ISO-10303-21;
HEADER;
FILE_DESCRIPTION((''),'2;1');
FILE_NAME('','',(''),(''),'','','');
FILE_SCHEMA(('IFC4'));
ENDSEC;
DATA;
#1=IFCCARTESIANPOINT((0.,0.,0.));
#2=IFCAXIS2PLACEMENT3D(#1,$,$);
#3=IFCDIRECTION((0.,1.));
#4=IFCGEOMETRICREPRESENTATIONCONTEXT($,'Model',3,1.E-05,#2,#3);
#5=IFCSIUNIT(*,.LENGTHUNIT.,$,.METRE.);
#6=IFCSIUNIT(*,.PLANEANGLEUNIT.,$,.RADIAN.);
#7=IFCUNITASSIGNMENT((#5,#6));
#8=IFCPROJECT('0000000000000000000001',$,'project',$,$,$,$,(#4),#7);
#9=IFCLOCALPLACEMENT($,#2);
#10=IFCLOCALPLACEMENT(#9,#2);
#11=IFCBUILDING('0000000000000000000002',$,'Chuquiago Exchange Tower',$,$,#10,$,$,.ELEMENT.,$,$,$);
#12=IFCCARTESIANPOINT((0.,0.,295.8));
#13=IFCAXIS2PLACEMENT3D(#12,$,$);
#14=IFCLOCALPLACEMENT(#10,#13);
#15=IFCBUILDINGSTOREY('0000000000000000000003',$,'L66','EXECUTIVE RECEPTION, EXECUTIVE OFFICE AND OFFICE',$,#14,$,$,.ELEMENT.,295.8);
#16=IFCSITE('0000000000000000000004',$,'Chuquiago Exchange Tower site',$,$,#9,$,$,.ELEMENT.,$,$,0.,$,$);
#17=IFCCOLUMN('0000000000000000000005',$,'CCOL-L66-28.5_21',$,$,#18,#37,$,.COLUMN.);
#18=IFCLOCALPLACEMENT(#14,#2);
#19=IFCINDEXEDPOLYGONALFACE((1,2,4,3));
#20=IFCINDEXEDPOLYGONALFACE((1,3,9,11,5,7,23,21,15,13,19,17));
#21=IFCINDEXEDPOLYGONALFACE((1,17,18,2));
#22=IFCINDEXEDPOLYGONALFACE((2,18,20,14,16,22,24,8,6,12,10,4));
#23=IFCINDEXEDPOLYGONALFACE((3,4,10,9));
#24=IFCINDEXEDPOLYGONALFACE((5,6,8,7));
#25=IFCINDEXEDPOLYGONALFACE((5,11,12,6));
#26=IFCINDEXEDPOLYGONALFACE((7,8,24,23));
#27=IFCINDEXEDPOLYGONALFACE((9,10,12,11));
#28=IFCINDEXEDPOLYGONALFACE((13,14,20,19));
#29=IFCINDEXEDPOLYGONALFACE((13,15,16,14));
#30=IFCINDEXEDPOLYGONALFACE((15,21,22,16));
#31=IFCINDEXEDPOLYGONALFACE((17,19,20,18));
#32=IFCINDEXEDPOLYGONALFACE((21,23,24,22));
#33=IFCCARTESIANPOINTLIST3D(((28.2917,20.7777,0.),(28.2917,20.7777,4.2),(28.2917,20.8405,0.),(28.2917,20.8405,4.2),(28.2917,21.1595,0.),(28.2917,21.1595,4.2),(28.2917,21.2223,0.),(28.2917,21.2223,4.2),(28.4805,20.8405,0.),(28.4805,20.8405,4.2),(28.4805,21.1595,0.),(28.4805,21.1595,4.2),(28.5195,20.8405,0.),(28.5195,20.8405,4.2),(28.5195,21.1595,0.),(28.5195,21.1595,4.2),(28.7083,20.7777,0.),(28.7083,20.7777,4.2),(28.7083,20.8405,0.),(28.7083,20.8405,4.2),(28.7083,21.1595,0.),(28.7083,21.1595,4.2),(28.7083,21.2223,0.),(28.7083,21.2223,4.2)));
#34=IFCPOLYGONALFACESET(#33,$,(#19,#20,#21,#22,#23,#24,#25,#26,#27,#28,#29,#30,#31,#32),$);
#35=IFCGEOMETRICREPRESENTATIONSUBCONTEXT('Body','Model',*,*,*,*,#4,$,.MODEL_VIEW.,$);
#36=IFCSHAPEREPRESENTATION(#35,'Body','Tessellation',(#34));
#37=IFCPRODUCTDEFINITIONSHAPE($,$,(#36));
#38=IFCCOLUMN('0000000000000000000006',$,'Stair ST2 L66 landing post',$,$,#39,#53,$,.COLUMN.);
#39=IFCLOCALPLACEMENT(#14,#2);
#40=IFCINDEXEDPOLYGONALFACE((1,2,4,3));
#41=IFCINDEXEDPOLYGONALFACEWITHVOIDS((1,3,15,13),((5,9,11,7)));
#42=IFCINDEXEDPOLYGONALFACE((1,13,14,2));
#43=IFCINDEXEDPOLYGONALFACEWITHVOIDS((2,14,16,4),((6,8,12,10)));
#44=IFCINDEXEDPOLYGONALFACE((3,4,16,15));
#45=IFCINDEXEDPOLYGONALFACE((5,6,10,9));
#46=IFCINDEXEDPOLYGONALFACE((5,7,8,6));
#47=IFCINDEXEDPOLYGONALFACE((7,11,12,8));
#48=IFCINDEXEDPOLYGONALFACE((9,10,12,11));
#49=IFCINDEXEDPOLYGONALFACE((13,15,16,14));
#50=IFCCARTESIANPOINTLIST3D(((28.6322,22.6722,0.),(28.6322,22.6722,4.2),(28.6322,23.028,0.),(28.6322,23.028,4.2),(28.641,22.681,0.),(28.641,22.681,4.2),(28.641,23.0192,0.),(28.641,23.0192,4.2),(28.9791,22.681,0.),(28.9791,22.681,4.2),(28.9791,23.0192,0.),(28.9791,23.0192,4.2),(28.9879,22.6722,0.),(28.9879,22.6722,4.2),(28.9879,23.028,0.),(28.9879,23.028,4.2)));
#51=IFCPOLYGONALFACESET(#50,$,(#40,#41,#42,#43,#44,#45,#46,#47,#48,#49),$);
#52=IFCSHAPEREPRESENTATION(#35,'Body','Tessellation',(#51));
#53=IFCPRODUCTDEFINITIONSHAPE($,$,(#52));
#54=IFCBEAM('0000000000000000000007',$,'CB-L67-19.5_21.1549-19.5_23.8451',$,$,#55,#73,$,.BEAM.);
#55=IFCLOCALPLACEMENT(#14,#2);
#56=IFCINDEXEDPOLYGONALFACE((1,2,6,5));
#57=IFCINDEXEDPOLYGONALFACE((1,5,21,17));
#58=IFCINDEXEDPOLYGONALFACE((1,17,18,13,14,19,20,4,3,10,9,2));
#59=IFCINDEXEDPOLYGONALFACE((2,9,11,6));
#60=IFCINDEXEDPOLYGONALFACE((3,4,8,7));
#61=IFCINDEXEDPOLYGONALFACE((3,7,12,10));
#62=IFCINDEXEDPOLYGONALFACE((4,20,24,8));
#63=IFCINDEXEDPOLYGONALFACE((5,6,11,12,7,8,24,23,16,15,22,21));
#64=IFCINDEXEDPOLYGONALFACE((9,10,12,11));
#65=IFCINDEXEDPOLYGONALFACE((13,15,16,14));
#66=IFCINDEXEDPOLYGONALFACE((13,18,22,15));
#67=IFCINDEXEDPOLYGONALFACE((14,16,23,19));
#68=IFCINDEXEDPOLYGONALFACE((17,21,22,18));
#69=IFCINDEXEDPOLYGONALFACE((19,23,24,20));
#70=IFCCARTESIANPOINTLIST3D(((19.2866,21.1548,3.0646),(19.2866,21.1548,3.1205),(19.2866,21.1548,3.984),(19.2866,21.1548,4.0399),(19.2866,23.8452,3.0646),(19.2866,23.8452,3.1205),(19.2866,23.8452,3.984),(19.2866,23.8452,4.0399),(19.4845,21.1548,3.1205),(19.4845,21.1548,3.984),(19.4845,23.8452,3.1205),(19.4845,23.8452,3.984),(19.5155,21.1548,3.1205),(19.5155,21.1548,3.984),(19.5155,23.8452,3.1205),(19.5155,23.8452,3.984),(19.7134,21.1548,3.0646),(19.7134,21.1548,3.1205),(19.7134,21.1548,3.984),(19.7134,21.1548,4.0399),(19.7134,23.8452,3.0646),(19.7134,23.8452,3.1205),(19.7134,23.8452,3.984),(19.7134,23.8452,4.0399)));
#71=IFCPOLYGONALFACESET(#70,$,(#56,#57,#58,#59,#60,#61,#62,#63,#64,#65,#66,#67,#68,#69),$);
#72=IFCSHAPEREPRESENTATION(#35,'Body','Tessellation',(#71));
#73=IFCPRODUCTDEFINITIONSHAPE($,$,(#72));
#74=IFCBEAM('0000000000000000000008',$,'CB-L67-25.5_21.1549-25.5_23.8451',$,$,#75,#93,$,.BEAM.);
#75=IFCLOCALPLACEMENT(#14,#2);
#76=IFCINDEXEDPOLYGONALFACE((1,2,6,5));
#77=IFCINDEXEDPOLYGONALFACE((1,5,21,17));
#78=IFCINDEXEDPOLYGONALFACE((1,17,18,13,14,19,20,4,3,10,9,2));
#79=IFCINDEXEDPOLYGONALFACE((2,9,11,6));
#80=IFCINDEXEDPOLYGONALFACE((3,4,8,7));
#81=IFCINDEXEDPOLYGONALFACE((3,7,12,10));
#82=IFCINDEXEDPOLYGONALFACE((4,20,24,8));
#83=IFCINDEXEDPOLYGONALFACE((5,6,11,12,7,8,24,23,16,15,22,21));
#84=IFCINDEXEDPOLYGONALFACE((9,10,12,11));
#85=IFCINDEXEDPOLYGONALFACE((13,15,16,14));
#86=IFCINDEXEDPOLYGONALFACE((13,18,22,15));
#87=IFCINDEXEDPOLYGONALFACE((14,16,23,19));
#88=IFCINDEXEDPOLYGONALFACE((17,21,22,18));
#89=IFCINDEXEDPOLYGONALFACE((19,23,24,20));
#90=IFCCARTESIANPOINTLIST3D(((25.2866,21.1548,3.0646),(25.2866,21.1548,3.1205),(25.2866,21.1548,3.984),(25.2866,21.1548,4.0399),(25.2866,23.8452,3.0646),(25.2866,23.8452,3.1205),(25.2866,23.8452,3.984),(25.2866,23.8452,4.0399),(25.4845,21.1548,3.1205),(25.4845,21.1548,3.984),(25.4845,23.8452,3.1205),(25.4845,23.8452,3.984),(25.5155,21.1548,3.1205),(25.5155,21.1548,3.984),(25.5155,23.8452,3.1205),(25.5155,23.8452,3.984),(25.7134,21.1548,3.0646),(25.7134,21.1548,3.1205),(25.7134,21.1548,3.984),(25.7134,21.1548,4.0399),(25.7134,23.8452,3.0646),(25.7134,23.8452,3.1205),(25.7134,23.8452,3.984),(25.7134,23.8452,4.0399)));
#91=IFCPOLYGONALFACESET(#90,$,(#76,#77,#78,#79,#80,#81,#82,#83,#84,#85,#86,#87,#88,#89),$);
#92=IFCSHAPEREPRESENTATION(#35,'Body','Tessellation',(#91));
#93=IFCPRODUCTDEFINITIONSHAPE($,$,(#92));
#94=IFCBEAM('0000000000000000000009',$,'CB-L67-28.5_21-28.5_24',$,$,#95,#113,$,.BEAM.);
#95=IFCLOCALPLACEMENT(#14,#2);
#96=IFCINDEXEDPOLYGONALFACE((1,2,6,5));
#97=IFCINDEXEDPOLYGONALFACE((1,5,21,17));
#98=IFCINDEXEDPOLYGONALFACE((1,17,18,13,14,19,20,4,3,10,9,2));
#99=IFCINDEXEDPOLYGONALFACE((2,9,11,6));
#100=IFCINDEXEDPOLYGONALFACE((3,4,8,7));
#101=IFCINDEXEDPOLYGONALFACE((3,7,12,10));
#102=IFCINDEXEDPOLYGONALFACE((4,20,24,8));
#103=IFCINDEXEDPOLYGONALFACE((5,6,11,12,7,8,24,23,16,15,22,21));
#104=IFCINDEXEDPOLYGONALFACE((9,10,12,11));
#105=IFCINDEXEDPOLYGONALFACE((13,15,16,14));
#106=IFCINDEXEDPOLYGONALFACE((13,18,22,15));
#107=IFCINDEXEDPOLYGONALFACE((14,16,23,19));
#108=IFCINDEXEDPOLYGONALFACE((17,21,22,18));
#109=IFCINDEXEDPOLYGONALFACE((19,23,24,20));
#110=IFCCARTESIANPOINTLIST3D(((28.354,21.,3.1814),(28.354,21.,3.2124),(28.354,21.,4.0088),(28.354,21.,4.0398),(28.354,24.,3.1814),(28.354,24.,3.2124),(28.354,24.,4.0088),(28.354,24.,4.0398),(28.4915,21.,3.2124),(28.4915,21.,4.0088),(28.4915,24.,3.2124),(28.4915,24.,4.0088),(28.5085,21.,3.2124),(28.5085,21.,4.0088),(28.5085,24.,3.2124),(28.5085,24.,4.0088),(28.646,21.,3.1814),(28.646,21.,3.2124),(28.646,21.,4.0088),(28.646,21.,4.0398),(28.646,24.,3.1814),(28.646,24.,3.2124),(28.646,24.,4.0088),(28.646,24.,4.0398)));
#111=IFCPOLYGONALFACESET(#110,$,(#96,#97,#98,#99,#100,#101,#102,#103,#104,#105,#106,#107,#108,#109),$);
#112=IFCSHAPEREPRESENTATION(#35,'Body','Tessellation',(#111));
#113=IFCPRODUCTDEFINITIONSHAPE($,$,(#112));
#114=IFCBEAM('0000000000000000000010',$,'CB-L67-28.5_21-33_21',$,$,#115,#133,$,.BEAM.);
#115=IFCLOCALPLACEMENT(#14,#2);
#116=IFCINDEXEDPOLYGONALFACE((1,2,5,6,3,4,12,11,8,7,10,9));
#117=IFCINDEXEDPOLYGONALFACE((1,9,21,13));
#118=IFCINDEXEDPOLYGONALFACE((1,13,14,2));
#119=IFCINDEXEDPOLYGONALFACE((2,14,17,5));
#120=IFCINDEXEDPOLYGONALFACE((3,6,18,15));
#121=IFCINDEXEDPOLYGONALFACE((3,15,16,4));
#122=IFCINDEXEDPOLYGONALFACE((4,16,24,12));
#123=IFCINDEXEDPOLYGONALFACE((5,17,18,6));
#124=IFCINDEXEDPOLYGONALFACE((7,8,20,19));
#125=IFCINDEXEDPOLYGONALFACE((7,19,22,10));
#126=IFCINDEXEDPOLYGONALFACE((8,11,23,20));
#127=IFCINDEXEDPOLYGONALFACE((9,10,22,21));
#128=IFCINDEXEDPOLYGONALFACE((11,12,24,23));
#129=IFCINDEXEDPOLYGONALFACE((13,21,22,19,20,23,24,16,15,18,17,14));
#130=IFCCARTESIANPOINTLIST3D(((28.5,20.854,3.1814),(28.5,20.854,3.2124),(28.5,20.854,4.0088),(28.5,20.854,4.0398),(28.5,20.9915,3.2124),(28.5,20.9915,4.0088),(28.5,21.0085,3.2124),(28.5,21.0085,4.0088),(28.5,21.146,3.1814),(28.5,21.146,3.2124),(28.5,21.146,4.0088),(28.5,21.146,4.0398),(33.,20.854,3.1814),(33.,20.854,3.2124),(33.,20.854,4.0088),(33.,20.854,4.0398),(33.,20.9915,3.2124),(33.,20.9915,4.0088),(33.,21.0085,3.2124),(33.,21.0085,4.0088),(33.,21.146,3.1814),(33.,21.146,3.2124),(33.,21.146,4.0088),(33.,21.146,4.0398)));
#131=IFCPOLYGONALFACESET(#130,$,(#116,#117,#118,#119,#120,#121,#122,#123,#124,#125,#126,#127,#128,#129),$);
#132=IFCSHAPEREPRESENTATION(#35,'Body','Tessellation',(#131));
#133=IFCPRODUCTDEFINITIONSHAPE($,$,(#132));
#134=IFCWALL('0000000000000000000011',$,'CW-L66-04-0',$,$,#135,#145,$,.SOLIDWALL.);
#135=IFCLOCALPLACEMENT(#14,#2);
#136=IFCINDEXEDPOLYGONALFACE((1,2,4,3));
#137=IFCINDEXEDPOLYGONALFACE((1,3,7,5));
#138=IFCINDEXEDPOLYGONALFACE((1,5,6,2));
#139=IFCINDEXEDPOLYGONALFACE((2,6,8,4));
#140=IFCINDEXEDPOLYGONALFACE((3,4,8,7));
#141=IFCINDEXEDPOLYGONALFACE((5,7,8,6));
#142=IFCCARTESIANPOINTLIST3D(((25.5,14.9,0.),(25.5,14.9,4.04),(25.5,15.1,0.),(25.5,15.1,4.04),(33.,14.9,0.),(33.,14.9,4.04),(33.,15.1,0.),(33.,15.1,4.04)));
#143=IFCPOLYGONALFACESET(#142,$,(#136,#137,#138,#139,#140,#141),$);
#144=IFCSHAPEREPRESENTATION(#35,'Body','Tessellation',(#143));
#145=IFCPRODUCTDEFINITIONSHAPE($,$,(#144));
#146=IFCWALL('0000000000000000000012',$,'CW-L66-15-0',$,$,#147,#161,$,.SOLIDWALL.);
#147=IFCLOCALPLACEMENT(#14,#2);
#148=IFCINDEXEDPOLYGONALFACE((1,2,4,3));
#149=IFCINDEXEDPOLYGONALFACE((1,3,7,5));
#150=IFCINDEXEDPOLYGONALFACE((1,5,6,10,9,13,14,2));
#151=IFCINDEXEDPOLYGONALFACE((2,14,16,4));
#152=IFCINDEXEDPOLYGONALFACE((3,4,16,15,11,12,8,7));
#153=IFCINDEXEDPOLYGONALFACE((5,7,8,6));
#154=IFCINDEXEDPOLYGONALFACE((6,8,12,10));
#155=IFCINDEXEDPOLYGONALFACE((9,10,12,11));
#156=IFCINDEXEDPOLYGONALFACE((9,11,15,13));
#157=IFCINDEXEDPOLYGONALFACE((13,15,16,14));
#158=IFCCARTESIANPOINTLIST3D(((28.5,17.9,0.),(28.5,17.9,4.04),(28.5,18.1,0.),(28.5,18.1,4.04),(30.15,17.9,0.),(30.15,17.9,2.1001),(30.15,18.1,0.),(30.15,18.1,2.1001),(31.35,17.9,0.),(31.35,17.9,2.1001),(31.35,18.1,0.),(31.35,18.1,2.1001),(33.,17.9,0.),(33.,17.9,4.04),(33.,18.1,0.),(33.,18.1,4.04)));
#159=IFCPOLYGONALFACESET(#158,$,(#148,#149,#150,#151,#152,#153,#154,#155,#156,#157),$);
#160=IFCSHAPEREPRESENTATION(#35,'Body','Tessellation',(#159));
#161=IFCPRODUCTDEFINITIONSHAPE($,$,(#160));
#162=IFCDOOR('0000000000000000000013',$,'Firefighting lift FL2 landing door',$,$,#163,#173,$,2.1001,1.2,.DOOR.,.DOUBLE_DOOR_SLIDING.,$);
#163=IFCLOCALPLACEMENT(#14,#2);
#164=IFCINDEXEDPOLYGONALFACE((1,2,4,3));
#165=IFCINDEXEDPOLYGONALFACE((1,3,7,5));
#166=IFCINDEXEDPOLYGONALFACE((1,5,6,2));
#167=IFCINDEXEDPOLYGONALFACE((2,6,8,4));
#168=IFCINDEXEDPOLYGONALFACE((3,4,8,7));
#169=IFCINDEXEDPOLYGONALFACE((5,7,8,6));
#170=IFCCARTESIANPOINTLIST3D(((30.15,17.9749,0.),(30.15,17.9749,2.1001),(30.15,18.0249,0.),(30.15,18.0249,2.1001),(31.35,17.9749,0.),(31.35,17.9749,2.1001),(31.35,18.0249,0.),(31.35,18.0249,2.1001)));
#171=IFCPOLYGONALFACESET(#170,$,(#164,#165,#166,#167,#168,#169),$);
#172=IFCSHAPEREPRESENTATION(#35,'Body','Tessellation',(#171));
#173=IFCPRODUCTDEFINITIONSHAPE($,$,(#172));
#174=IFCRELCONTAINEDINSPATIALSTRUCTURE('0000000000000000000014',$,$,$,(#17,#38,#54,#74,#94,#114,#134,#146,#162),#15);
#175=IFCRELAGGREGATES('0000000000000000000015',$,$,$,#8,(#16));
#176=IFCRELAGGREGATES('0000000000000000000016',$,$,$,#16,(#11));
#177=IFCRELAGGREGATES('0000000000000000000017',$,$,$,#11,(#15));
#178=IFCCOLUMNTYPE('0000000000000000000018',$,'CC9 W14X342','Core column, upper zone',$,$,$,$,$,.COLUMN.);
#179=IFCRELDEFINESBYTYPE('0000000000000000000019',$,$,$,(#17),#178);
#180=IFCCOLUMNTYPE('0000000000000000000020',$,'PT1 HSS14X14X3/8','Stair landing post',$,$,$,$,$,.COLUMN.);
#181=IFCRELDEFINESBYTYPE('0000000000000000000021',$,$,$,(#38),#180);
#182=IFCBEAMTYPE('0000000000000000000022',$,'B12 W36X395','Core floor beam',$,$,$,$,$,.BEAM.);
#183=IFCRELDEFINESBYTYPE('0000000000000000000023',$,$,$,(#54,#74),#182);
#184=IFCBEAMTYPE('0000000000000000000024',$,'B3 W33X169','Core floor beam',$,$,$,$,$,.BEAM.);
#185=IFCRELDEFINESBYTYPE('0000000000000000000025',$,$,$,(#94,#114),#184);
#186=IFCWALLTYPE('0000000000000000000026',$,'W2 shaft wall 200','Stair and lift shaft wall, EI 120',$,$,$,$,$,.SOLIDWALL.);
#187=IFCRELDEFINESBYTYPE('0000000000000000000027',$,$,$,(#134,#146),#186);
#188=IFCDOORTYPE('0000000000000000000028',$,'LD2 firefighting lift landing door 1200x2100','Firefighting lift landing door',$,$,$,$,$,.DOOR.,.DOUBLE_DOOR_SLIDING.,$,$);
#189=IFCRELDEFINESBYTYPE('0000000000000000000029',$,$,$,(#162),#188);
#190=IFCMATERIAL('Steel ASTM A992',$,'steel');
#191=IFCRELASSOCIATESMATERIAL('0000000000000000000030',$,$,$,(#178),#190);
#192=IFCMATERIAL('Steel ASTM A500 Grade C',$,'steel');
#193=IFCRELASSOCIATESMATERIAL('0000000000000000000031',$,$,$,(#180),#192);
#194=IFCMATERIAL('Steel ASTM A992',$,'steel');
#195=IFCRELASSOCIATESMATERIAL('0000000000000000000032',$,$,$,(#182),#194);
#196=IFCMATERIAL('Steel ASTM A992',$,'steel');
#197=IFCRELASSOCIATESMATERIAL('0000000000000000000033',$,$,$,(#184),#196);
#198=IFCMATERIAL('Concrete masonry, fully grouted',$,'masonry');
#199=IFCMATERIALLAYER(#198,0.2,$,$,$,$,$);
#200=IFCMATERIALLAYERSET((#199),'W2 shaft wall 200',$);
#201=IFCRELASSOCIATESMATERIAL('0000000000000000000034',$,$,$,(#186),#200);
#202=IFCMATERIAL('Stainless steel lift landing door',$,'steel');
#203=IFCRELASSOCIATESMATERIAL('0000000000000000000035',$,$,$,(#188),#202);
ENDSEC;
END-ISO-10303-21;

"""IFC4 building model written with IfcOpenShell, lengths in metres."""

from ifc_helpers import new_model, si_unit, direction, frame, frame_2d, origin, origin_2d, place, context, subcontext, project, spatial, rectangle, hollow_rectangle, i_section, extrude, material, layer, layer_set, material_profile, profile_set, type_object, element, fill, save


model = new_model("IFC4")

# Units and contexts
model_context = context("Model", 3, precision=1e-05, world=origin(), true_north=direction((0.0, 1.0)))
body_context = subcontext(model_context, "Body", "Model", "MODEL_VIEW")
ifc_project = project(units=[si_unit("LENGTHUNIT", "METRE"), si_unit("PLANEANGLEUNIT", "RADIAN")], contexts=[model_context])

# Site, building, storey
site_placement = place(None, origin())
site = spatial("IfcSite", under=ifc_project, at=site_placement, Name="Chuquiago Exchange Tower site", CompositionType="ELEMENT", RefElevation=0.0)
building_placement = place(site_placement, origin())
building = spatial("IfcBuilding", under=site, at=building_placement, Name="Chuquiago Exchange Tower", CompositionType="ELEMENT")
storey_placement = place(building_placement, frame((0.0, 0.0, 295.8)))
storey = spatial("IfcBuildingStorey", under=building, at=storey_placement, Name="L66", Description="EXECUTIVE RECEPTION, EXECUTIVE OFFICE AND OFFICE", CompositionType="ELEMENT", Elevation=295.8)

# Columns
ifc_material_1 = material(Name="Steel ASTM A992", Category="steel")
ifc_material_profile_1 = material_profile(ifc_material_1, i_section(OverallWidth=0.4165, OverallDepth=0.4446, WebThickness=0.0391, FlangeThickness=0.0627, at=origin_2d()), Name="W14X342")
ifc_profile_set_1 = profile_set([ifc_material_profile_1], Name="Steel ASTM A992")
column_type_1 = type_object("IfcColumnType", Name="CC9 W14X342", Description="Core column, upper zone", PredefinedType="COLUMN", material=ifc_profile_set_1)
column_1_placement = place(storey_placement, frame((28.5, 21.0, 0.0), z_axis=(0.0, 0.0, 1.0), x_axis=(1.0, 0.0, 0.0)))
element("IfcColumn", 1, at=column_1_placement, inside=storey, type_object=column_type_1, Name="CCOL-L66-28.5_21", PredefinedType="COLUMN", context=body_context, shape_type="SweptSolid", body=[
    extrude(i_section(OverallWidth=0.4165, OverallDepth=0.4446, WebThickness=0.0391, FlangeThickness=0.0627, at=origin_2d()), origin(), (0.0, 0.0, 1.0), 4.2),
])
ifc_material_2 = material(Name="Steel ASTM A500 Grade C", Category="steel")
ifc_material_profile_2 = material_profile(ifc_material_2, hollow_rectangle(XDim=0.3557, YDim=0.3557, WallThickness=0.0088, at=origin_2d()), Name="HSS14X14X3/8")
ifc_profile_set_2 = profile_set([ifc_material_profile_2], Name="Steel ASTM A500 Grade C")
column_type_2 = type_object("IfcColumnType", Name="PT1 HSS14X14X3/8", Description="Stair landing post", PredefinedType="COLUMN", material=ifc_profile_set_2)
column_2_placement = place(storey_placement, frame((28.8101, 22.8501, 0.0), z_axis=(0.0, 0.0, 1.0), x_axis=(1.0, 0.0, 0.0)))
element("IfcColumn", 2, at=column_2_placement, inside=storey, type_object=column_type_2, Name="Stair ST2 L66 landing post", PredefinedType="COLUMN", context=body_context, shape_type="SweptSolid", body=[
    extrude(hollow_rectangle(XDim=0.3557, YDim=0.3557, WallThickness=0.0088, at=origin_2d()), origin(), (0.0, 0.0, 1.0), 4.2),
])

# Beams
ifc_material_3 = material(Name="Steel ASTM A992", Category="steel")
ifc_material_profile_3 = material_profile(ifc_material_3, i_section(OverallWidth=0.4268, OverallDepth=0.9753, WebThickness=0.031, FlangeThickness=0.0559, at=origin_2d()), Name="W36X395")
ifc_profile_set_3 = profile_set([ifc_material_profile_3], Name="Steel ASTM A992")
beam_type_1 = type_object("IfcBeamType", Name="B12 W36X395", Description="Core floor beam", PredefinedType="BEAM", material=ifc_profile_set_3)
for number, where, z_axis, x_axis, name in (
    (3, (19.5, 21.1548, 3.5522), (0.0, 1.0, 0.0), (-1.0, 0.0, 0.0), "CB-L67-19.5_21.1549-19.5_23.8451"),
    (4, (25.5, 21.1548, 3.5522), (0.0, 1.0, 0.0), (-1.0, 0.0, 0.0), "CB-L67-25.5_21.1549-25.5_23.8451"),
):
    element("IfcBeam", number, at=place(storey_placement, frame(where, z_axis=z_axis, x_axis=x_axis)), inside=storey, type_object=beam_type_1, Name=name, PredefinedType="BEAM", context=body_context, shape_type="SweptSolid", body=[
        extrude(i_section(OverallWidth=0.4268, OverallDepth=0.9753, WebThickness=0.031, FlangeThickness=0.0559, at=origin_2d()), origin(), (0.0, 0.0, 1.0), 2.6904),
    ])
ifc_material_4 = material(Name="Steel ASTM A992", Category="steel")
ifc_material_profile_4 = material_profile(ifc_material_4, i_section(OverallWidth=0.292, OverallDepth=0.8584, WebThickness=0.0171, FlangeThickness=0.031, at=origin_2d()), Name="W33X169")
ifc_profile_set_4 = profile_set([ifc_material_profile_4], Name="Steel ASTM A992")
beam_type_2 = type_object("IfcBeamType", Name="B3 W33X169", Description="Core floor beam", PredefinedType="BEAM", material=ifc_profile_set_4)
beam_1_placement = place(storey_placement, frame((28.5, 21.0, 3.6106), z_axis=(0.0, 1.0, 0.0), x_axis=(-1.0, 0.0, 0.0)))
element("IfcBeam", 5, at=beam_1_placement, inside=storey, type_object=beam_type_2, Name="CB-L67-28.5_21-28.5_24", PredefinedType="BEAM", context=body_context, shape_type="SweptSolid", body=[
    extrude(i_section(OverallWidth=0.292, OverallDepth=0.8584, WebThickness=0.0171, FlangeThickness=0.031, at=origin_2d()), origin(), (0.0, 0.0, 1.0), 3.0),
])
beam_2_placement = place(storey_placement, frame((28.5, 21.0, 3.6106), z_axis=(1.0, 0.0, 0.0), x_axis=(0.0, 1.0, 0.0)))
element("IfcBeam", 6, at=beam_2_placement, inside=storey, type_object=beam_type_2, Name="CB-L67-28.5_21-33_21", PredefinedType="BEAM", context=body_context, shape_type="SweptSolid", body=[
    extrude(i_section(OverallWidth=0.292, OverallDepth=0.8584, WebThickness=0.0171, FlangeThickness=0.031, at=origin_2d()), origin(), (0.0, 0.0, 1.0), 4.5),
])

# Wall
ifc_material_5 = material(Name="Concrete masonry, fully grouted", Category="masonry")
ifc_layer_1 = layer(ifc_material_5, 0.2)
ifc_layer_set_1 = layer_set([ifc_layer_1], Name="W2 shaft wall 200")
wall_type_1 = type_object("IfcWallType", Name="W2 shaft wall 200", Description="Stair and lift shaft wall, EI 120", PredefinedType="SOLIDWALL", material=ifc_layer_set_1)
wall_1_placement = place(storey_placement, frame((25.5, 15.0, 0.0), z_axis=(0.0, 0.0, 1.0), x_axis=(1.0, 0.0, 0.0)))
element("IfcWall", 7, at=wall_1_placement, inside=storey, type_object=wall_type_1, Name="CW-L66-04-0", PredefinedType="SOLIDWALL", context=body_context, shape_type="SweptSolid", body=[
    extrude(rectangle(XDim=7.5, YDim=0.2, at=frame_2d((3.75, 0.0))), origin(), (0.0, 0.0, 1.0), 4.04),
])

# Wall, opening, door
wall_2_placement = place(storey_placement, frame((28.5, 18.0, 0.0), z_axis=(0.0, 0.0, 1.0), x_axis=(1.0, 0.0, 0.0)))
wall_2 = element("IfcWall", 8, at=wall_2_placement, inside=storey, type_object=wall_type_1, Name="CW-L66-15-0", PredefinedType="SOLIDWALL", context=body_context, shape_type="SweptSolid", body=[
    extrude(rectangle(XDim=4.5, YDim=0.2, at=frame_2d((2.25, 0.0))), origin(), (0.0, 0.0, 1.0), 4.04),
])
opening_1_placement = place(wall_2_placement, frame((1.6499, 0.0, 0.0)))
opening_1 = element("IfcOpeningElement", 9, at=opening_1_placement, cuts=wall_2, PredefinedType="OPENING", context=body_context, shape_type="SweptSolid", body=[
    extrude(rectangle(XDim=1.2, YDim=2.1001, at=frame_2d((0.6001, 1.05))), frame((0.0, 0.1099, 0.0), z_axis=(0.0, -1.0, 0.0), x_axis=(1.0, 0.0, 0.0)), (0.0, 0.0, 1.0), 0.22),
])
ifc_material_6 = material(Name="Stainless steel lift landing door", Category="steel")
door_type_1 = type_object("IfcDoorType", Name="LD2 firefighting lift landing door 1200x2100", Description="Firefighting lift landing door", OperationType="DOUBLE_DOOR_SLIDING", PredefinedType="DOOR", material=ifc_material_6)
door_1_placement = place(opening_1_placement, origin())
door_1 = element("IfcDoor", 10, at=door_1_placement, inside=storey, type_object=door_type_1, Name="Firefighting lift FL2 landing door", OperationType="DOUBLE_DOOR_SLIDING", OverallHeight=2.1001, OverallWidth=1.2, PredefinedType="DOOR", context=body_context, shape_type="SweptSolid", body=[
    extrude(rectangle(XDim=1.2, YDim=2.1001, at=frame_2d((0.6001, 1.05))), frame((0.0, 0.0249, 0.0), z_axis=(0.0, -1.0, 0.0), x_axis=(1.0, 0.0, 0.0)), (0.0, 0.0, 1.0), 0.05),
])
fill(opening_1, door_1)

save(model, "model.ifc")
